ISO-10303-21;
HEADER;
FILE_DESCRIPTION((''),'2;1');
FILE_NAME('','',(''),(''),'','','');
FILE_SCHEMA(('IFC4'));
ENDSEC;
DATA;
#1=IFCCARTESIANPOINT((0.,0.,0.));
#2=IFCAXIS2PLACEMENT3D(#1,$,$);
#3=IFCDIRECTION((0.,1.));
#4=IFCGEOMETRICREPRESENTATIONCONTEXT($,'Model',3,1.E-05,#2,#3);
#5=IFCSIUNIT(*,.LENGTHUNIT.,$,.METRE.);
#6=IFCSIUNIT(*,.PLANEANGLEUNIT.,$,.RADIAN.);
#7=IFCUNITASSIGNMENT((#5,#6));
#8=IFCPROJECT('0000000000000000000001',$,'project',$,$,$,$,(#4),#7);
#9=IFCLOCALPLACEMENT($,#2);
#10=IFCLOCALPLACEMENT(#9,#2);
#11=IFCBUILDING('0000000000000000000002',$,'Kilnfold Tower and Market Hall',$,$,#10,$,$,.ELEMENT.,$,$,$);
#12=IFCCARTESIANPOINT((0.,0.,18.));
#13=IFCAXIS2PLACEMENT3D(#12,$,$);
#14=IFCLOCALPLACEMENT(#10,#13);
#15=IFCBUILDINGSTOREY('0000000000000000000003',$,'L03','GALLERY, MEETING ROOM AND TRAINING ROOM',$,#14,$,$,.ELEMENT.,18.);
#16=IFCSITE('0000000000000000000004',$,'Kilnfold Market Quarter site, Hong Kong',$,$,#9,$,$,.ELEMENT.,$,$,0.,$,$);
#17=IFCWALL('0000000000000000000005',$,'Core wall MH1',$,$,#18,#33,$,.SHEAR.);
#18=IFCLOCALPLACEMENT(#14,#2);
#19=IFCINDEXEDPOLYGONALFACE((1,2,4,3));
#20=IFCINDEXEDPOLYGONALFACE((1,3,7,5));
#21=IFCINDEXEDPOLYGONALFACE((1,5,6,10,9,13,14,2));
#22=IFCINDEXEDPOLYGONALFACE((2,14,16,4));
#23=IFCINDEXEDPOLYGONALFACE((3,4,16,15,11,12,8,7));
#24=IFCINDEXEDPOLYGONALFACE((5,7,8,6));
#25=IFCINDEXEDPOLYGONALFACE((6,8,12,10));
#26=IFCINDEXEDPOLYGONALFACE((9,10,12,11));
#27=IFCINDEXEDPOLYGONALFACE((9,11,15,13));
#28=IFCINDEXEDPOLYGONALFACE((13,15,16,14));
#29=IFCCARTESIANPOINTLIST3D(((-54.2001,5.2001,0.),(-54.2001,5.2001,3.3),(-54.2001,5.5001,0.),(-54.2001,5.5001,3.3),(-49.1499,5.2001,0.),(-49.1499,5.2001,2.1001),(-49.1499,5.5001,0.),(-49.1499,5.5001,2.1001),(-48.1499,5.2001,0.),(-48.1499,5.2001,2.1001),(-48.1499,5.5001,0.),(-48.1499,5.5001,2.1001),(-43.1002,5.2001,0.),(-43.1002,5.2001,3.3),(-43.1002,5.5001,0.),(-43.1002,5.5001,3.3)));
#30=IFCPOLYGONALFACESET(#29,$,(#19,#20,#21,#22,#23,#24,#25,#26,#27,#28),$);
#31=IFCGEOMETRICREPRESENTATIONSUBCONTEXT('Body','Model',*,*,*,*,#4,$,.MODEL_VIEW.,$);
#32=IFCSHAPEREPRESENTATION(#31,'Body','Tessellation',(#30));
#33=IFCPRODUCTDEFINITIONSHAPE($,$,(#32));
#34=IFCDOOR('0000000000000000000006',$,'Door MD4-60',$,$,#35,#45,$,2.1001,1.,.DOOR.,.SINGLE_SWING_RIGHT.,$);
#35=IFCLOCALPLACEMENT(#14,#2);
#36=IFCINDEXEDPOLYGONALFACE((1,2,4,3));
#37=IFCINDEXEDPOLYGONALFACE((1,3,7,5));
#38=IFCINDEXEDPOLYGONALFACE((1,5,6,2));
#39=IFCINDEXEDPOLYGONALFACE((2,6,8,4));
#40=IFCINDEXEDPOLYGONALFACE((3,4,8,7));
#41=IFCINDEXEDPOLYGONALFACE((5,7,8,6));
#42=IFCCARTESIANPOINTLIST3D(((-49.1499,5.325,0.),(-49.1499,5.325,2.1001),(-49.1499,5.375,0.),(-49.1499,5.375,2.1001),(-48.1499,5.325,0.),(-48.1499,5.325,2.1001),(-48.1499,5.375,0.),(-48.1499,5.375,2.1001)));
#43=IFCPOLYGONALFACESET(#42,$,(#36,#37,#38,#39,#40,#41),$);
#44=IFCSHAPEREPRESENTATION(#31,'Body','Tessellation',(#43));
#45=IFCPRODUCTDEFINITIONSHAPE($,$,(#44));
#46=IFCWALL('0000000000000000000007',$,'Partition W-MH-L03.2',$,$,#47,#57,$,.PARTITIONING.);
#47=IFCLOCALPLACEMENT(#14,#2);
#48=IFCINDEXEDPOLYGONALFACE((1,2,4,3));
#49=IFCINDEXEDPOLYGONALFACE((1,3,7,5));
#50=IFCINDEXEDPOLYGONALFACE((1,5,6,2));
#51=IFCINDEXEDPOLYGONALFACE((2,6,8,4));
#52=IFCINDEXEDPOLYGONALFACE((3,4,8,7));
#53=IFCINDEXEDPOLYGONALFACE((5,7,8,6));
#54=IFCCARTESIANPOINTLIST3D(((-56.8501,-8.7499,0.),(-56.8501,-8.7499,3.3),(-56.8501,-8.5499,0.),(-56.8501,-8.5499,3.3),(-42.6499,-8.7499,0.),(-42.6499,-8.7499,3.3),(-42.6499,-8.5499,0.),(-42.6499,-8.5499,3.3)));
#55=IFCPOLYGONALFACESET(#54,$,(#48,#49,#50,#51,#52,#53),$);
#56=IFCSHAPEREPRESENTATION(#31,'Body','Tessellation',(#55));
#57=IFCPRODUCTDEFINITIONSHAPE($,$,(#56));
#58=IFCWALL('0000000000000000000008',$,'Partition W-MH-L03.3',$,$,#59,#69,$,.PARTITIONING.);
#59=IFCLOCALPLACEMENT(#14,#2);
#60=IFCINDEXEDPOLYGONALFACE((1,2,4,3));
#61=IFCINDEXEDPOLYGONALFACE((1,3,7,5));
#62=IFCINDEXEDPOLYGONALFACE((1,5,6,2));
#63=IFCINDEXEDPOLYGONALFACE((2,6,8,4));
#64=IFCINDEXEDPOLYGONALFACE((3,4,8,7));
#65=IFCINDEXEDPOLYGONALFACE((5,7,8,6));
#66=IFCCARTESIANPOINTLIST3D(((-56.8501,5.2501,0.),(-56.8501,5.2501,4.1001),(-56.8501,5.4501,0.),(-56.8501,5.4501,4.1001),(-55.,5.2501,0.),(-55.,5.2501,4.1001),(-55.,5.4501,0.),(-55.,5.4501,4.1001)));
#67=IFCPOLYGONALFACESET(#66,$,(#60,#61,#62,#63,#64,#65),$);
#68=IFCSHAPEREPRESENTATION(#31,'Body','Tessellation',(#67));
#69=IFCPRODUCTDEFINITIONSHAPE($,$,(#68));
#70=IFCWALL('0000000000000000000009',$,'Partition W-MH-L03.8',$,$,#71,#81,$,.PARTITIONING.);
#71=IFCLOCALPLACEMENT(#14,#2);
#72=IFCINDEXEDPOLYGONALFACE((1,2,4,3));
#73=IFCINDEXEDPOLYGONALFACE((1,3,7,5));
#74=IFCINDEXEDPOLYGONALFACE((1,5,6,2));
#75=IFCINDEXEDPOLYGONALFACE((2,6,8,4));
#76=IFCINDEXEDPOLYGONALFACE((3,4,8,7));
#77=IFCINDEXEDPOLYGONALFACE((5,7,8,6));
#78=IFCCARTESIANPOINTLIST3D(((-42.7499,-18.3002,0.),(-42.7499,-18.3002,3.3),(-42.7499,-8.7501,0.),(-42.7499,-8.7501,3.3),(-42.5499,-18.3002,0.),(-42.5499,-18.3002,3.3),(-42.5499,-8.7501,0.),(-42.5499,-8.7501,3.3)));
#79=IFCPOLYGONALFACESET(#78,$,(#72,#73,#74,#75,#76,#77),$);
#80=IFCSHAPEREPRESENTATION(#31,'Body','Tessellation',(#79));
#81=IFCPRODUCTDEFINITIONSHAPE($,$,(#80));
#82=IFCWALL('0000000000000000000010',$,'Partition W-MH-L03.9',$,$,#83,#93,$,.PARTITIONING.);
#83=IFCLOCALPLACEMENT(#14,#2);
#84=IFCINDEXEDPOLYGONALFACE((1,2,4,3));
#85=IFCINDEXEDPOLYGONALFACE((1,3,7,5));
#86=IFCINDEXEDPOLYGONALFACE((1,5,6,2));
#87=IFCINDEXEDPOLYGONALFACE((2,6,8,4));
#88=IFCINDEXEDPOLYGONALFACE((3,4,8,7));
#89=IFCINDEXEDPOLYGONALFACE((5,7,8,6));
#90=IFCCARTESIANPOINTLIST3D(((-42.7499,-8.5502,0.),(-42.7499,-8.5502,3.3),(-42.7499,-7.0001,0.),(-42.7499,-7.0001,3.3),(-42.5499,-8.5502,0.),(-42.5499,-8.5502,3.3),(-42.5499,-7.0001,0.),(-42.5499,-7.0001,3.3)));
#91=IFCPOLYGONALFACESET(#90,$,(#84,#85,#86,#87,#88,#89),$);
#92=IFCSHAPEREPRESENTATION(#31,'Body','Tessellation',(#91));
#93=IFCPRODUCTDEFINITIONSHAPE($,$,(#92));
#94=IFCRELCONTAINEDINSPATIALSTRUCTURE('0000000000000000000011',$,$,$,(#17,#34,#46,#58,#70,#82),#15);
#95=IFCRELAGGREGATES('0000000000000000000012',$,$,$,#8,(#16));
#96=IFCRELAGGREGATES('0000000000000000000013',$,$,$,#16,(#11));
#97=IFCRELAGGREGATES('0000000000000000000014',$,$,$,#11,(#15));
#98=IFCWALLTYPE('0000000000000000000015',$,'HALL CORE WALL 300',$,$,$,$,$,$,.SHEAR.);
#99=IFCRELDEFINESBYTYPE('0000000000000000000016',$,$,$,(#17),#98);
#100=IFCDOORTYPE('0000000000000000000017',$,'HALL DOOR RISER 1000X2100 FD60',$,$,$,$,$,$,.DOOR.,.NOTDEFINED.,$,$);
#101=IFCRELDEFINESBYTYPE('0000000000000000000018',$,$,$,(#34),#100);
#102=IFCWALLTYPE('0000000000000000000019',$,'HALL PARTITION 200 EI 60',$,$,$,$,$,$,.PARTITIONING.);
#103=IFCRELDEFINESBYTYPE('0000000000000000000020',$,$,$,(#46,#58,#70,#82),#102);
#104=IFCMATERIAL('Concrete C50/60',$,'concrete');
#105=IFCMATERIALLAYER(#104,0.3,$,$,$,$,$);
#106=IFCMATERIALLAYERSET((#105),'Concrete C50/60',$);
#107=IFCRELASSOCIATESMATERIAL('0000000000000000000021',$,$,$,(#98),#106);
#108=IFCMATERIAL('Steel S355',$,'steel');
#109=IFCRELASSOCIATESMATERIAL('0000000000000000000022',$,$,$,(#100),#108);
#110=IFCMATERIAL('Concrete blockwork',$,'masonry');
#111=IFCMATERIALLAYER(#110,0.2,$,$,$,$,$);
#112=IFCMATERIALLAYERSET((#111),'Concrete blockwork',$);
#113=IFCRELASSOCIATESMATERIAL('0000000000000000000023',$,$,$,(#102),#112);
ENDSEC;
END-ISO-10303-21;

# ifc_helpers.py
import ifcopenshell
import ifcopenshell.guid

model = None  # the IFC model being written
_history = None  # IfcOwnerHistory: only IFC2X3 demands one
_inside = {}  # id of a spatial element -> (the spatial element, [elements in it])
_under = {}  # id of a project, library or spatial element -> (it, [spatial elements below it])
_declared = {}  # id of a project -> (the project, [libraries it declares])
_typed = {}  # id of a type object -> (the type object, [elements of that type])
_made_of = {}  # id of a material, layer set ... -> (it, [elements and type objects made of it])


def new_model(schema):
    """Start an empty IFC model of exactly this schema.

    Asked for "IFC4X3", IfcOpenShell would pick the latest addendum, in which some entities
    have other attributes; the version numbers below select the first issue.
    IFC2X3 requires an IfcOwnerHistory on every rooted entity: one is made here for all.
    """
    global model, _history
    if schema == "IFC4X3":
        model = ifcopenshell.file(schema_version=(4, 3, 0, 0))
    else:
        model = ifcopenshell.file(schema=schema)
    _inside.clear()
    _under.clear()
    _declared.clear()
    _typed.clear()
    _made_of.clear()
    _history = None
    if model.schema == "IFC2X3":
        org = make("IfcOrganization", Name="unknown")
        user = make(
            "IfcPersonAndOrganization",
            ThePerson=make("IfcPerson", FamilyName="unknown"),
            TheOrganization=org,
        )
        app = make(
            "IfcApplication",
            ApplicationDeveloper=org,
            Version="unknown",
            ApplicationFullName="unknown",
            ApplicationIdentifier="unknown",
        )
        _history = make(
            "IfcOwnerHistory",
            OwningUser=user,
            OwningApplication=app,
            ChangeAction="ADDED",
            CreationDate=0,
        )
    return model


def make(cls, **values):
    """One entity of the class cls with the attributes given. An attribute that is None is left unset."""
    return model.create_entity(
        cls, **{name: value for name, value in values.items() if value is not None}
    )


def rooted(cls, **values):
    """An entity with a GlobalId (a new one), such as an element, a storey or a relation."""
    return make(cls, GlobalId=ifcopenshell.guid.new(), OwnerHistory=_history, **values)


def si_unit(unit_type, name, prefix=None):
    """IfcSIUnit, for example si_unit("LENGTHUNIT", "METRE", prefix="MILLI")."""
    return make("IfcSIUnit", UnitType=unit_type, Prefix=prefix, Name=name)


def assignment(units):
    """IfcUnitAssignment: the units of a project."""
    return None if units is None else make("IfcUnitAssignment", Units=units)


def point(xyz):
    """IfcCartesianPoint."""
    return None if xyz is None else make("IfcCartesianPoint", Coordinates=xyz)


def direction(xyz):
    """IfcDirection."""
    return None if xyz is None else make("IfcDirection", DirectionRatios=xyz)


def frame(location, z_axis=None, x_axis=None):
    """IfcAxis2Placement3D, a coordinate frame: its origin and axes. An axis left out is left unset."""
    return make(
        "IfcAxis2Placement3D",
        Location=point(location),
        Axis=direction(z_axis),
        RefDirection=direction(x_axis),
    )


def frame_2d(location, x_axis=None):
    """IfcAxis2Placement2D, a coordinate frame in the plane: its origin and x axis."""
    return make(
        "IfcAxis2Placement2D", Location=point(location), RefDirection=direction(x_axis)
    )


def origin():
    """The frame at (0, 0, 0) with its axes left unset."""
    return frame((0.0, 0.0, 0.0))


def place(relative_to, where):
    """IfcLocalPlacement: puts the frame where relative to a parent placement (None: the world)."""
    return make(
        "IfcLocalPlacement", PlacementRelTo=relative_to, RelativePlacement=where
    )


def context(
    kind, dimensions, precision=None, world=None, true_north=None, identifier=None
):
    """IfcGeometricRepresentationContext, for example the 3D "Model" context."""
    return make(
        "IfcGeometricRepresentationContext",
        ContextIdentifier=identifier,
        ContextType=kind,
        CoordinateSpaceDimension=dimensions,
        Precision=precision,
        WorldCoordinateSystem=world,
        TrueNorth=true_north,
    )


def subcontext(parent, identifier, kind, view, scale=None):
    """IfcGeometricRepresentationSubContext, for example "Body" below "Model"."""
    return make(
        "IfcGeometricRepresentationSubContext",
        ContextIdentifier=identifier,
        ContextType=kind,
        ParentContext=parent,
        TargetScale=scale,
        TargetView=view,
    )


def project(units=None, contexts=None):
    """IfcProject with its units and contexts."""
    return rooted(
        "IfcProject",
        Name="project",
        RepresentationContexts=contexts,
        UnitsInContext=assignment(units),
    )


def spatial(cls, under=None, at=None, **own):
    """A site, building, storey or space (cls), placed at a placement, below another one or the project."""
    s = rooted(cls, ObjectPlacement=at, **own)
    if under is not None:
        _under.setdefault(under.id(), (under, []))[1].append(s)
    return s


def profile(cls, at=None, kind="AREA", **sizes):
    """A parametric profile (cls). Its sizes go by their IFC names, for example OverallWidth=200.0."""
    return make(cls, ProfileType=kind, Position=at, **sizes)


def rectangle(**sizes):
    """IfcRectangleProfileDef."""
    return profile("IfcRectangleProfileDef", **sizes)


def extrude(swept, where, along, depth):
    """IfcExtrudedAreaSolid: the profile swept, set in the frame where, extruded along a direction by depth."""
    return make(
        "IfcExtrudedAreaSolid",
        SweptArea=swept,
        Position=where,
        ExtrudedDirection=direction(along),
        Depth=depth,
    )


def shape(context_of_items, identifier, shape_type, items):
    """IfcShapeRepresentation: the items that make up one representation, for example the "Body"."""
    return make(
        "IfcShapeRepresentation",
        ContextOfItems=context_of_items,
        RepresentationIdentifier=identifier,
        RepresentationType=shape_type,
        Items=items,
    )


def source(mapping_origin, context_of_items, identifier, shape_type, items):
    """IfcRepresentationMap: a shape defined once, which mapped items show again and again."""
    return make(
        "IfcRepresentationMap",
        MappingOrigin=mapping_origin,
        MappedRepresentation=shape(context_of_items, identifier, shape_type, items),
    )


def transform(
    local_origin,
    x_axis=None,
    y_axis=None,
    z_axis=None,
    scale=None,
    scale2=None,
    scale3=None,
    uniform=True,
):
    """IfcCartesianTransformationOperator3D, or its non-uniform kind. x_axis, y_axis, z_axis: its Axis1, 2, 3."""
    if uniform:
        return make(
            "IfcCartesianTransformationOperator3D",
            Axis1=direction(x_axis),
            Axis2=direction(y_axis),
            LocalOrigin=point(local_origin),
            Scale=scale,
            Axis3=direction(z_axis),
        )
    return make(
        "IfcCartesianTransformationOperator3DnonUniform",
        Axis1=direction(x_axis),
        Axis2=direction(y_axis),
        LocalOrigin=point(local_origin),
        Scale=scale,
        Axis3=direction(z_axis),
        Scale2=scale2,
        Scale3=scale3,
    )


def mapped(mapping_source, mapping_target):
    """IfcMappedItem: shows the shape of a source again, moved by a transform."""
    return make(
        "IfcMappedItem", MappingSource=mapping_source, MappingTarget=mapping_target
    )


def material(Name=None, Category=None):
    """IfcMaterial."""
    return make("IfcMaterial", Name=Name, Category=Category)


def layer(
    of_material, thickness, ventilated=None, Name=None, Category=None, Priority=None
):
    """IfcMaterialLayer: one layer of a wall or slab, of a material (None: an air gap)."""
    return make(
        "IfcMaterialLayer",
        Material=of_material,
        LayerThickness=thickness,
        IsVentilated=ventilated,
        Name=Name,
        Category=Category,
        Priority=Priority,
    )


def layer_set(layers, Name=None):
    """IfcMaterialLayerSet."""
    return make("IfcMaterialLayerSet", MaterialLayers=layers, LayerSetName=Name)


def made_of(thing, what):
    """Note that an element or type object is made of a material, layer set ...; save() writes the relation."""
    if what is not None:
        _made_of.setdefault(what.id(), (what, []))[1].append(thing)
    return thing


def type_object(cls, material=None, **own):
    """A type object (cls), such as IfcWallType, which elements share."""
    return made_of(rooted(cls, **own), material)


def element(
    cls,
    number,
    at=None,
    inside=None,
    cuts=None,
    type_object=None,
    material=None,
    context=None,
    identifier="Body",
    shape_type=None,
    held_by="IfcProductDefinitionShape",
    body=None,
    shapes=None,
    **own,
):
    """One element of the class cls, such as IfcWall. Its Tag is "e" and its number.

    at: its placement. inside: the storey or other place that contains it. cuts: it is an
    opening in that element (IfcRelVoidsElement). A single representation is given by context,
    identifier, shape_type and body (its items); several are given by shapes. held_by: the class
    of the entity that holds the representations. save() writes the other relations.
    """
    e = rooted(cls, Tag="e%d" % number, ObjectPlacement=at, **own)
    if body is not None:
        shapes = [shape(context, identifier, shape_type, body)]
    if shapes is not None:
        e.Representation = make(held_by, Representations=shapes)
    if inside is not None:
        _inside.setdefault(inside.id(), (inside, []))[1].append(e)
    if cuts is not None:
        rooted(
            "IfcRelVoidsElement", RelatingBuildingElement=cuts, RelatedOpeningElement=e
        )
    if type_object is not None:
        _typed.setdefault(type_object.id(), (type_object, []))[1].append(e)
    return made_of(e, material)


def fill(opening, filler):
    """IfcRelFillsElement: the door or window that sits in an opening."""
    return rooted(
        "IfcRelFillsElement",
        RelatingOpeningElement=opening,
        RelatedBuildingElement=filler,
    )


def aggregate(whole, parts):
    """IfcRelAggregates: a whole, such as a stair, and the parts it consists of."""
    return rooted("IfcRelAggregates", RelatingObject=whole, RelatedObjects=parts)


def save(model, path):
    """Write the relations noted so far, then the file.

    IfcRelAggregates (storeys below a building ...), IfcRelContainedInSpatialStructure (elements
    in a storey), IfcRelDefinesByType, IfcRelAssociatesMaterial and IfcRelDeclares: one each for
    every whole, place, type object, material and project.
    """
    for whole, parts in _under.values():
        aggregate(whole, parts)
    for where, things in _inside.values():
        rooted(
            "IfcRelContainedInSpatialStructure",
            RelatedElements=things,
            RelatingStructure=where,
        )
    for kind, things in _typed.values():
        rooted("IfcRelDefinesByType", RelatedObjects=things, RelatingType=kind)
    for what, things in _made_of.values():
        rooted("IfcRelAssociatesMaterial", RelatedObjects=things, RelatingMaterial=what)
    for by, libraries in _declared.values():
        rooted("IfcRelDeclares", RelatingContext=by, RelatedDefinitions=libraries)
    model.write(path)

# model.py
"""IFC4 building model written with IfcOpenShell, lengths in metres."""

from ifc_helpers import new_model, si_unit, direction, frame, frame_2d, origin, place, context, subcontext, project, spatial, rectangle, extrude, source, transform, mapped, material, layer, layer_set, type_object, element, fill, save


model = new_model("IFC4")

# Units and contexts
model_context = context("Model", 3, precision=1e-05, world=origin(), true_north=direction((0.0, 1.0)))
body_context = subcontext(model_context, "Body", "Model", "MODEL_VIEW")
ifc_project = project(units=[si_unit("LENGTHUNIT", "METRE"), si_unit("PLANEANGLEUNIT", "RADIAN")], contexts=[model_context])

# Site, building, storey
site_placement = place(None, origin())
site = spatial("IfcSite", under=ifc_project, at=site_placement, Name="Kilnfold Market Quarter site, Hong Kong", CompositionType="ELEMENT", RefElevation=0.0)
building_placement = place(site_placement, origin())
building = spatial("IfcBuilding", under=site, at=building_placement, Name="Kilnfold Tower and Market Hall", CompositionType="ELEMENT")
storey_placement = place(building_placement, frame((0.0, 0.0, 18.0)))
storey = spatial("IfcBuildingStorey", under=building, at=storey_placement, Name="L03", Description="GALLERY, MEETING ROOM AND TRAINING ROOM", CompositionType="ELEMENT", Elevation=18.0)

# Wall, opening, door
ifc_material_1 = material(Name="Concrete C50/60", Category="concrete")
ifc_layer_1 = layer(ifc_material_1, 0.3)
ifc_layer_set_1 = layer_set([ifc_layer_1], Name="Concrete C50/60")
wall_type_1 = type_object("IfcWallType", Name="HALL CORE WALL 300", PredefinedType="SHEAR", material=ifc_layer_set_1)
shared_shape_1 = source(origin(), body_context, "Body", "SweptSolid", [
    extrude(rectangle(XDim=11.0999, YDim=0.3, at=frame_2d((5.5498, 0.0))), origin(), (0.0, 0.0, 1.0), 3.3),
])
wall_1_placement = place(storey_placement, frame((-54.2, 5.3501, 0.0), z_axis=(0.0, 0.0, 1.0), x_axis=(1.0, 0.0, 0.0)))
wall_1 = element("IfcWall", 1, at=wall_1_placement, inside=storey, type_object=wall_type_1, Name="Core wall MH1", PredefinedType="SHEAR", context=body_context, shape_type="MappedRepresentation", body=[
    mapped(shared_shape_1, transform((0.0, 0.0, 0.0))),
])
opening_placement = place(wall_1_placement, frame((5.05, 0.0, 0.0)))
opening = element("IfcOpeningElement", 2, at=opening_placement, cuts=wall_1, PredefinedType="OPENING", context=body_context, shape_type="SweptSolid", body=[
    extrude(rectangle(XDim=1.0, YDim=2.1001, at=frame_2d((0.5, 1.05))), frame((0.0, 0.1602, 0.0), z_axis=(0.0, -1.0, 0.0), x_axis=(1.0, 0.0, 0.0)), (0.0, 0.0, 1.0), 0.3201),
])
ifc_material_2 = material(Name="Steel S355", Category="steel")
door_type = type_object("IfcDoorType", Name="HALL DOOR RISER 1000X2100 FD60", OperationType="NOTDEFINED", PredefinedType="DOOR", material=ifc_material_2)
door_placement = place(opening_placement, origin())
door = element("IfcDoor", 3, at=door_placement, inside=storey, type_object=door_type, Name="Door MD4-60", OperationType="SINGLE_SWING_RIGHT", OverallHeight=2.1001, OverallWidth=1.0, PredefinedType="DOOR", context=body_context, shape_type="SweptSolid", body=[
    extrude(rectangle(XDim=1.0, YDim=2.1001, at=frame_2d((0.5, 1.05))), frame((0.0, 0.0249, 0.0), z_axis=(0.0, -1.0, 0.0), x_axis=(1.0, 0.0, 0.0)), (0.0, 0.0, 1.0), 0.05),
])
fill(opening, door)

# Walls
ifc_material_3 = material(Name="Concrete blockwork", Category="masonry")
ifc_layer_2 = layer(ifc_material_3, 0.2)
ifc_layer_set_2 = layer_set([ifc_layer_2], Name="Concrete blockwork")
wall_type_2 = type_object("IfcWallType", Name="HALL PARTITION 200 EI 60", PredefinedType="PARTITIONING", material=ifc_layer_set_2)
shared_shape_2 = source(origin(), body_context, "Body", "SweptSolid", [
    extrude(rectangle(XDim=14.2002, YDim=0.2, at=frame_2d((7.1001, 0.0))), origin(), (0.0, 0.0, 1.0), 3.3),
])
wall_2_placement = place(storey_placement, frame((-56.8501, -8.6499, 0.0), z_axis=(0.0, 0.0, 1.0), x_axis=(1.0, 0.0, 0.0)))
element("IfcWall", 4, at=wall_2_placement, inside=storey, type_object=wall_type_2, Name="Partition W-MH-L03.2", PredefinedType="PARTITIONING", context=body_context, shape_type="MappedRepresentation", body=[
    mapped(shared_shape_2, transform((0.0, 0.0, 0.0))),
])
shared_shape_3 = source(origin(), body_context, "Body", "SweptSolid", [
    extrude(rectangle(XDim=1.8501, YDim=0.2, at=frame_2d((0.925, 0.0))), origin(), (0.0, 0.0, 1.0), 4.1001),
])
wall_3_placement = place(storey_placement, frame((-56.8501, 5.3501, 0.0), z_axis=(0.0, 0.0, 1.0), x_axis=(1.0, 0.0, 0.0)))
element("IfcWall", 5, at=wall_3_placement, inside=storey, type_object=wall_type_2, Name="Partition W-MH-L03.3", PredefinedType="PARTITIONING", context=body_context, shape_type="MappedRepresentation", body=[
    mapped(shared_shape_3, transform((0.0, 0.0, 0.0))),
])
shared_shape_4 = source(origin(), body_context, "Body", "SweptSolid", [
    extrude(rectangle(XDim=9.55, YDim=0.2, at=frame_2d((4.7749, 0.0))), origin(), (0.0, 0.0, 1.0), 3.3),
])
wall_4_placement = place(storey_placement, frame((-42.6499, -18.3, 0.0), z_axis=(0.0, 0.0, 1.0), x_axis=(0.0, 1.0, 0.0)))
element("IfcWall", 6, at=wall_4_placement, inside=storey, type_object=wall_type_2, Name="Partition W-MH-L03.8", PredefinedType="PARTITIONING", context=body_context, shape_type="MappedRepresentation", body=[
    mapped(shared_shape_4, transform((0.0, 0.0, 0.0))),
])
shared_shape_5 = source(origin(), body_context, "Body", "SweptSolid", [
    extrude(rectangle(XDim=1.55, YDim=0.2, at=frame_2d((0.7749, 0.0))), origin(), (0.0, 0.0, 1.0), 3.3),
])
wall_5_placement = place(storey_placement, frame((-42.6499, -8.55, 0.0), z_axis=(0.0, 0.0, 1.0), x_axis=(0.0, 1.0, 0.0)))
element("IfcWall", 7, at=wall_5_placement, inside=storey, type_object=wall_type_2, Name="Partition W-MH-L03.9", PredefinedType="PARTITIONING", context=body_context, shape_type="MappedRepresentation", body=[
    mapped(shared_shape_5, transform((0.0, 0.0, 0.0))),
])

save(model, "model.ifc")
